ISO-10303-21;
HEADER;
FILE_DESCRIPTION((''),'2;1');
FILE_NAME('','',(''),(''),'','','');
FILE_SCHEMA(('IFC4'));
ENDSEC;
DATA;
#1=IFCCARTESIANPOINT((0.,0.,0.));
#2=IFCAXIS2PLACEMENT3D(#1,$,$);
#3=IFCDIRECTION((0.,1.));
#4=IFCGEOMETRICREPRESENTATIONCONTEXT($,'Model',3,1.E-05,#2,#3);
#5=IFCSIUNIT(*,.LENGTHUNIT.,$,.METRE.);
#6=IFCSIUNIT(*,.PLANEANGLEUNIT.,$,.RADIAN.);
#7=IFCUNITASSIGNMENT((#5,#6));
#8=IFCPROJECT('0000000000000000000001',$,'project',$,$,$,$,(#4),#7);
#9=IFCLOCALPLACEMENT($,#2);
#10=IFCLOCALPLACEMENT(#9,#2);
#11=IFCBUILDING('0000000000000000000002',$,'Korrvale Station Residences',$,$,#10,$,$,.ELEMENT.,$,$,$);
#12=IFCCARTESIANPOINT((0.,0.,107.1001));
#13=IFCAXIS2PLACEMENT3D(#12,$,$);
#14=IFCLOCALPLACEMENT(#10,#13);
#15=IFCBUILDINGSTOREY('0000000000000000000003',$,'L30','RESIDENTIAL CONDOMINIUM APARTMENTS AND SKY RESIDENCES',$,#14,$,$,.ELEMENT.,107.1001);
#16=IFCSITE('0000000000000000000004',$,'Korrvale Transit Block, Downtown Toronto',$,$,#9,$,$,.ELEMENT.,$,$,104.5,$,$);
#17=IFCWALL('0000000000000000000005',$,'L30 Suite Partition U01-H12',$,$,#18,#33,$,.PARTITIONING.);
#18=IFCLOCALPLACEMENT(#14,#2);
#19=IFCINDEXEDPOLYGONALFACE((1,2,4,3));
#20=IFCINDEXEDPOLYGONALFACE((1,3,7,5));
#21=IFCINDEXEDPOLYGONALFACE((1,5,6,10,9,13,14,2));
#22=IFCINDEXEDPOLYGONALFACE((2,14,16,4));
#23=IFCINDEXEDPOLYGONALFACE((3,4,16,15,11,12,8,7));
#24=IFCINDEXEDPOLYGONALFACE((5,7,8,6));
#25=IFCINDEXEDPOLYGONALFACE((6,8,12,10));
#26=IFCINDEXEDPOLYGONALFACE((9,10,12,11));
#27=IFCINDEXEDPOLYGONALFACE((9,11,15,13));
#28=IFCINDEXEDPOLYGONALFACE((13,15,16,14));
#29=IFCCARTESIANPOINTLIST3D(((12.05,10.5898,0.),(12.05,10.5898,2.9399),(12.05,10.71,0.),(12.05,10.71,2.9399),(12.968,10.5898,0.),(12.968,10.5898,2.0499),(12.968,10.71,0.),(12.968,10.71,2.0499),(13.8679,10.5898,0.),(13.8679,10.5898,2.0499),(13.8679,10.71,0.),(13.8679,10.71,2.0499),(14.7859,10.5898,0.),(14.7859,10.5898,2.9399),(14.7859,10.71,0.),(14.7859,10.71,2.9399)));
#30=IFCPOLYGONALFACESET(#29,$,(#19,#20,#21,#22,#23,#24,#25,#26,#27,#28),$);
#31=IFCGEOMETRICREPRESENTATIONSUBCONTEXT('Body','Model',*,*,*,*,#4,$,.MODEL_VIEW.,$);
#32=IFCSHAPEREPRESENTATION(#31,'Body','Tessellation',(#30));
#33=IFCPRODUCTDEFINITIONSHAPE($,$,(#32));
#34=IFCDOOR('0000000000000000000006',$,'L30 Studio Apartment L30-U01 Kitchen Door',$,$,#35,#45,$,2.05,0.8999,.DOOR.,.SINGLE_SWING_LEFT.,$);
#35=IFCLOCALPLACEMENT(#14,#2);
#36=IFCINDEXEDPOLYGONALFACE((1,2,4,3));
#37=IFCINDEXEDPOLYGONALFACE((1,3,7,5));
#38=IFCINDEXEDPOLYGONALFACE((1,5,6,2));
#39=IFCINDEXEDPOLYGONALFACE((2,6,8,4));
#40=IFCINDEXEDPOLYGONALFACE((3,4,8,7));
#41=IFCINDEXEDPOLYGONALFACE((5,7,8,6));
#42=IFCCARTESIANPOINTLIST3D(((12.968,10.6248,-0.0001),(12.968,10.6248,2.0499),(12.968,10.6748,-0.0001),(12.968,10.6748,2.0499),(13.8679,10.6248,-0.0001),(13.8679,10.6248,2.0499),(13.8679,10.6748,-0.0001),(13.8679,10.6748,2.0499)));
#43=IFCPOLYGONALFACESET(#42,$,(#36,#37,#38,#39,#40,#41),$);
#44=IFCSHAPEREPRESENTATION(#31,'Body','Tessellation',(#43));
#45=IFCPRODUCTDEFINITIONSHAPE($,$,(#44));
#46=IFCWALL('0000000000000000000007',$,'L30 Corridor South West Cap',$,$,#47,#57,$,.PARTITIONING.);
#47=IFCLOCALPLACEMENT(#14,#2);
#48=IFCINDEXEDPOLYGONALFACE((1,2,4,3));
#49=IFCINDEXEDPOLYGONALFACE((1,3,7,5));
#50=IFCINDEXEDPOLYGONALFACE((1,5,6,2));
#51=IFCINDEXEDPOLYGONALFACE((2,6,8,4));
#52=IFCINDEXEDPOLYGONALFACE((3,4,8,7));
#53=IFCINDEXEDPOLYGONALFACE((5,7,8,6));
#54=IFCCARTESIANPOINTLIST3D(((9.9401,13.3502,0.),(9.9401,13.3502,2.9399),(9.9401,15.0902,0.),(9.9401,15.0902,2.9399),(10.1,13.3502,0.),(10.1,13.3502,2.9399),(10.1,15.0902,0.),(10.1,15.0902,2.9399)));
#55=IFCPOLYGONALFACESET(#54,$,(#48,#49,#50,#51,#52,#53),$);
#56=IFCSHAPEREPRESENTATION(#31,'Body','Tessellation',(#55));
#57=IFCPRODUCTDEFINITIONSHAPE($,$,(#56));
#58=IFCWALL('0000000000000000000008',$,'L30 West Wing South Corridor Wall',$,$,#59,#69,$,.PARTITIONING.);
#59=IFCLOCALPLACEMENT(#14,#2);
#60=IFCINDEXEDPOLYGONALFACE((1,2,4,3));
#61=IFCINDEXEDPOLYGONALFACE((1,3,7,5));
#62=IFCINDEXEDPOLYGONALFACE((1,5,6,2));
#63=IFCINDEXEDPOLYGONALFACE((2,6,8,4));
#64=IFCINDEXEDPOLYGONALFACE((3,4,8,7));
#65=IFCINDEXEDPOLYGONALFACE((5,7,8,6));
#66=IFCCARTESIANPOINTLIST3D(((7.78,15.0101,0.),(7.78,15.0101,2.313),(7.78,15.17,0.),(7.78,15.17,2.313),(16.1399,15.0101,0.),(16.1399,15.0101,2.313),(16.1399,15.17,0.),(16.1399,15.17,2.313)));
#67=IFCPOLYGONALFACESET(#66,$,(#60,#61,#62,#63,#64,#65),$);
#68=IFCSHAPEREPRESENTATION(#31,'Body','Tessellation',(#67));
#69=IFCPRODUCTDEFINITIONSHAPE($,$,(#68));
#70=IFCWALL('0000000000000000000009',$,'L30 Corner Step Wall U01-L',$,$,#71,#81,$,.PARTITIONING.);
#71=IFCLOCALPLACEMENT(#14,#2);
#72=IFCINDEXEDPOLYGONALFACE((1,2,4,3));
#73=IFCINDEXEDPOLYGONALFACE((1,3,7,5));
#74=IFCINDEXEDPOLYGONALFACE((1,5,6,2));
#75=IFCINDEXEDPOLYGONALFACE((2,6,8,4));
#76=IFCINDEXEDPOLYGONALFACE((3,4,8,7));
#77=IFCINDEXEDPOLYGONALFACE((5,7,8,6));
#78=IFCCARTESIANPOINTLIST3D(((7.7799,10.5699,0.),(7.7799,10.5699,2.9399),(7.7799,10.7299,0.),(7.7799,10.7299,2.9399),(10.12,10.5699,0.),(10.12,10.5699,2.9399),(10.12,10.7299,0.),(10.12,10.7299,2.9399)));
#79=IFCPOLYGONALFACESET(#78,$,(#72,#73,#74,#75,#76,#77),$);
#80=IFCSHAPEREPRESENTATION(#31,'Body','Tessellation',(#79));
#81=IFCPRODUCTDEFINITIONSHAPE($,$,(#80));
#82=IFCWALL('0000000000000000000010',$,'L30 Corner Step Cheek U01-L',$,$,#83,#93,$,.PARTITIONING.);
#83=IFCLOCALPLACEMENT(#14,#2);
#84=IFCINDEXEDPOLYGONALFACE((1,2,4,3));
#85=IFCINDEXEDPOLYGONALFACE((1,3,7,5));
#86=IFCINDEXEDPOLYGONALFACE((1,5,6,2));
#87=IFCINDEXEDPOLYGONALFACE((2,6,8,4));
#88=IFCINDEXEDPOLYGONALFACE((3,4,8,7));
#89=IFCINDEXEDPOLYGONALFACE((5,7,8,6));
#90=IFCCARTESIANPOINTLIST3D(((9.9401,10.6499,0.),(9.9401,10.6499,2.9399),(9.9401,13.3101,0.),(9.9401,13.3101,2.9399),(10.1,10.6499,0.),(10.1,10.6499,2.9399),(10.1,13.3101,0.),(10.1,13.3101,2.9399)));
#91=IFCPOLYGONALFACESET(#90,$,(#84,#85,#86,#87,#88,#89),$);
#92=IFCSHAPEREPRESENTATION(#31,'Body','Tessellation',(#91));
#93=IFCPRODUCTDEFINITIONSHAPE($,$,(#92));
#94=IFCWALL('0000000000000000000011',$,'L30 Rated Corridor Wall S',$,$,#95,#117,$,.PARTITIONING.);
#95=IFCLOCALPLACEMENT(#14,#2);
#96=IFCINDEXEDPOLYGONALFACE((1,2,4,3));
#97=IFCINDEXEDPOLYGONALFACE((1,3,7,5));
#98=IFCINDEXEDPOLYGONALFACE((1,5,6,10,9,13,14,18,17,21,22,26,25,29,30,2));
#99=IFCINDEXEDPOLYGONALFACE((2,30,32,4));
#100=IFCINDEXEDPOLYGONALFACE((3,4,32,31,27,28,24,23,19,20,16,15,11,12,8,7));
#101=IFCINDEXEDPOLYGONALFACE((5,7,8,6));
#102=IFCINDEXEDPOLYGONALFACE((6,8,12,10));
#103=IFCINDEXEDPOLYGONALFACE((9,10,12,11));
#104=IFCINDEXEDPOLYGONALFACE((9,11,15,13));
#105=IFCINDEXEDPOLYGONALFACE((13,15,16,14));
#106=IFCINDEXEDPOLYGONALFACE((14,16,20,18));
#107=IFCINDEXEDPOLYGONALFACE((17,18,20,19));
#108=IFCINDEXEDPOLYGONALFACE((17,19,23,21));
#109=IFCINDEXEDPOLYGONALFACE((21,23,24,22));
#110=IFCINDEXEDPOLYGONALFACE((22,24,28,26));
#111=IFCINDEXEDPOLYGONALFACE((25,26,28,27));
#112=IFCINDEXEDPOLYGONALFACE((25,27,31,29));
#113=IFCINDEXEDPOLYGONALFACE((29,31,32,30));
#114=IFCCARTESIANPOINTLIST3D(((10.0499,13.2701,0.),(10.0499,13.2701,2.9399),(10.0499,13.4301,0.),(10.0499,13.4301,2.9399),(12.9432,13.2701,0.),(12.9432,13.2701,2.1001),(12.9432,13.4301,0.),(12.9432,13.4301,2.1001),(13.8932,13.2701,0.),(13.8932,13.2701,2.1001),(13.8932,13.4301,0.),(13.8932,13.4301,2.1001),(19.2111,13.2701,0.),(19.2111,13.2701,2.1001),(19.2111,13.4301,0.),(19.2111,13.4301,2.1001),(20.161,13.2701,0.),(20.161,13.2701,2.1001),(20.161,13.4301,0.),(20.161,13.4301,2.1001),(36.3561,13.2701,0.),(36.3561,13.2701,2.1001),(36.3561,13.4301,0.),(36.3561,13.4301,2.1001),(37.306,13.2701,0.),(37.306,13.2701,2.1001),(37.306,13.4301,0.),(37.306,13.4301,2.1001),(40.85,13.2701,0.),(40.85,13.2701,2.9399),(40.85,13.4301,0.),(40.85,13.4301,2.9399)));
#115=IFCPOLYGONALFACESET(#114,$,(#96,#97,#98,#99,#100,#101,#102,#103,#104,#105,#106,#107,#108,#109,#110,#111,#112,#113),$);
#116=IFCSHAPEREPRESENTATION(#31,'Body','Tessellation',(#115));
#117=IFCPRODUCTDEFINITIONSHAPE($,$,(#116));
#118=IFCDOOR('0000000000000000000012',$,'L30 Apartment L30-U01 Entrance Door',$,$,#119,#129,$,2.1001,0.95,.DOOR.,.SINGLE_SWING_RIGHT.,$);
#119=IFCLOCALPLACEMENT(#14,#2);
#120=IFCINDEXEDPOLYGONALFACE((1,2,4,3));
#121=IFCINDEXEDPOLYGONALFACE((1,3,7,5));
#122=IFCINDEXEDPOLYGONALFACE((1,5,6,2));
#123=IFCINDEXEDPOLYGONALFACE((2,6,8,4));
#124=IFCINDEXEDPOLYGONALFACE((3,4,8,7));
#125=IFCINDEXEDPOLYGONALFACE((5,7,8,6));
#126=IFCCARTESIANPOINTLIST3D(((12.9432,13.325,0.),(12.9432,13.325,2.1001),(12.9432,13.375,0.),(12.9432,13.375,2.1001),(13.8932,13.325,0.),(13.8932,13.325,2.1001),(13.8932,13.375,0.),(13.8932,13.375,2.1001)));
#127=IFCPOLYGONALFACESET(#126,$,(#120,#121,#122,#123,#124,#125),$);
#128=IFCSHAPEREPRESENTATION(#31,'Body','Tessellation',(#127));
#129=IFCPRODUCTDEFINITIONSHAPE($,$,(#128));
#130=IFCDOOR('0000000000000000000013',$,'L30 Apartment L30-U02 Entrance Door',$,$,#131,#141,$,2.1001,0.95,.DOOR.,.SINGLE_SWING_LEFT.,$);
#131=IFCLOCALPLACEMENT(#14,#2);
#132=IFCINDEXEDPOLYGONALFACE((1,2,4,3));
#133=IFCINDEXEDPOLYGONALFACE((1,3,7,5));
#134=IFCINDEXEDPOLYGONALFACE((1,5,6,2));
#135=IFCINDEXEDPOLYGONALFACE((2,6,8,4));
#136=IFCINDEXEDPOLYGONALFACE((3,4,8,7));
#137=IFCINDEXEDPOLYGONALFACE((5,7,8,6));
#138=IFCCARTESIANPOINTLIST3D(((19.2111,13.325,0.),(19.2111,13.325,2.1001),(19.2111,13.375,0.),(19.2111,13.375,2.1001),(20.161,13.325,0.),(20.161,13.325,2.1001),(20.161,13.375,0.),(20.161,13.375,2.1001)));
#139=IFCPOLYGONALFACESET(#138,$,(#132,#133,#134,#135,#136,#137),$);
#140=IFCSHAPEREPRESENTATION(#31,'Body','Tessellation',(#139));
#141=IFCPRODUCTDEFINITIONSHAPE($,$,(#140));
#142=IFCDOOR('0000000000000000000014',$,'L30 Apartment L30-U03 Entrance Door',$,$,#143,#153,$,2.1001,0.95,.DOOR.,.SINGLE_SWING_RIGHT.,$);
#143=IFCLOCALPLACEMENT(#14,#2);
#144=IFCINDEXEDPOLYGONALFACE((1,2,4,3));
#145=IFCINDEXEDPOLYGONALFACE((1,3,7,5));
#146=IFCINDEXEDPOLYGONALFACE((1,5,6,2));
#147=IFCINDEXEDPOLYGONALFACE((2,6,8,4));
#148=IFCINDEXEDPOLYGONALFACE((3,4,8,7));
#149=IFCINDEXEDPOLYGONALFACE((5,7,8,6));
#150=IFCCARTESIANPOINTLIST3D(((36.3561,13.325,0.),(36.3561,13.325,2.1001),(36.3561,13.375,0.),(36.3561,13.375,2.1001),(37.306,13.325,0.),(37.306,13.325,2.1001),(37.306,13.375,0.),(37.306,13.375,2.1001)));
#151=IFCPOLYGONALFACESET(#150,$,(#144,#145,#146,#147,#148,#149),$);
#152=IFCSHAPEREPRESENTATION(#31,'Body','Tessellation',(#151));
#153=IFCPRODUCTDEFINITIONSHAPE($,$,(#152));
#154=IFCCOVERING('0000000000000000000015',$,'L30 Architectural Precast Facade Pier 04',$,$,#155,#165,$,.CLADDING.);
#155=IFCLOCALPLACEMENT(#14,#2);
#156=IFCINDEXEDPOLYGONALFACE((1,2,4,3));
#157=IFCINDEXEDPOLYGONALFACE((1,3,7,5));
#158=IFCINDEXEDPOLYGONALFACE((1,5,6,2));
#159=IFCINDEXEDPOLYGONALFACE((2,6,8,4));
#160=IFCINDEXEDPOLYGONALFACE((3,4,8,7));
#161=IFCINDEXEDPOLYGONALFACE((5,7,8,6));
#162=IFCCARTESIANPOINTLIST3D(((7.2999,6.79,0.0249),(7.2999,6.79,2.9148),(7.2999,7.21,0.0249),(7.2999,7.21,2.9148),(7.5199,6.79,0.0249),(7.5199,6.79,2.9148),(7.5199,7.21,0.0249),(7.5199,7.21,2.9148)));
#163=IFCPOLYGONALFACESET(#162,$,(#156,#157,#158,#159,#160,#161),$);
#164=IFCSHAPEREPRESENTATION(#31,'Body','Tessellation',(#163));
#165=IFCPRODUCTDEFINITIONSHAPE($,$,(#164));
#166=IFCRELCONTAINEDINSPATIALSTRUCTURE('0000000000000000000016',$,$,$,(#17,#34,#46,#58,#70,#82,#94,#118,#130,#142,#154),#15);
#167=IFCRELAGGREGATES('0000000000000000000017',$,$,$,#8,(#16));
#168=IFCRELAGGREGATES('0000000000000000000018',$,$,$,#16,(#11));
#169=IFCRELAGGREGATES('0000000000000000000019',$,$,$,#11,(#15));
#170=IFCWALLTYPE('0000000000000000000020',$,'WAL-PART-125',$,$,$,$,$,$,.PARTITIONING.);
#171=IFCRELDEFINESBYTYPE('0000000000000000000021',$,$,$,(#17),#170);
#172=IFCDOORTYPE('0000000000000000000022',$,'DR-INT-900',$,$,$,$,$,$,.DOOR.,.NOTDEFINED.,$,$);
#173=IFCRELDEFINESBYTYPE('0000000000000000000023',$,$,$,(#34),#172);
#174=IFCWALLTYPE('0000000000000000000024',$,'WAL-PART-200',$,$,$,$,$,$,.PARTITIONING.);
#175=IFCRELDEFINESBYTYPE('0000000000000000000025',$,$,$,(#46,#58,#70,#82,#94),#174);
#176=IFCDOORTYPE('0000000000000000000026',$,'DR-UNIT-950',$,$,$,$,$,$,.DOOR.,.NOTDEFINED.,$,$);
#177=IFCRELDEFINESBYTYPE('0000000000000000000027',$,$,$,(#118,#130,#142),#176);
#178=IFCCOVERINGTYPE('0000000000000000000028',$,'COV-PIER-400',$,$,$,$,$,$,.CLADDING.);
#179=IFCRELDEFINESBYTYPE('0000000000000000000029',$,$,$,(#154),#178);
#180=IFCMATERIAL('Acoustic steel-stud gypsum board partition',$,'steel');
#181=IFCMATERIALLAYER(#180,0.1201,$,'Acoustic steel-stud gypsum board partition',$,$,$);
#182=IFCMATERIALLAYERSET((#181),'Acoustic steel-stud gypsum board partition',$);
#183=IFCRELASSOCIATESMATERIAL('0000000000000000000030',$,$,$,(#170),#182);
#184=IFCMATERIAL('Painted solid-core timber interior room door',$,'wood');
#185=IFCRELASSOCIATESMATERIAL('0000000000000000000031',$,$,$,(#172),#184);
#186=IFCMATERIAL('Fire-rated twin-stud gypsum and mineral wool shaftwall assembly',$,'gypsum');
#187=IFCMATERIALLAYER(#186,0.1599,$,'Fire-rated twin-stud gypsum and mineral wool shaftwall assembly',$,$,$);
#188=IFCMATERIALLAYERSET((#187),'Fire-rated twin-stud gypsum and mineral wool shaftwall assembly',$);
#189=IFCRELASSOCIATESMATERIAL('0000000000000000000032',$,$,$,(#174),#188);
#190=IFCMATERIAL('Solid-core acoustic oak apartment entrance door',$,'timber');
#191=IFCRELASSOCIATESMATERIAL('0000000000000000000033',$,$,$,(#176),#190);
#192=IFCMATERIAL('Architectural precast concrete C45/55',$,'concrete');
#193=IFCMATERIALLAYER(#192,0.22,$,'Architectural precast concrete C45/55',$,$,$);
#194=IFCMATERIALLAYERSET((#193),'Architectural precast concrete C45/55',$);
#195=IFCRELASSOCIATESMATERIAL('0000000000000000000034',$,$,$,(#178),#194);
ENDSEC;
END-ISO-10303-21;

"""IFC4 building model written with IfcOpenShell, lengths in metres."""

from ifc_helpers import new_model, si_unit, direction, frame, frame_2d, origin, origin_2d, place, context, subcontext, project, spatial, rectangle, extrude, material, layer, layer_set, type_object, element, fill, save


model = new_model("IFC4")

# Units and contexts
model_context = context("Model", 3, precision=1e-05, world=origin(), true_north=direction((0.0, 1.0)))
body_context = subcontext(model_context, "Body", "Model", "MODEL_VIEW")
ifc_project = project(units=[si_unit("LENGTHUNIT", "METRE"), si_unit("PLANEANGLEUNIT", "RADIAN")], contexts=[model_context])

# Site, building, storey
site_placement = place(None, origin())
site = spatial("IfcSite", under=ifc_project, at=site_placement, Name="Korrvale Transit Block, Downtown Toronto", CompositionType="ELEMENT", RefElevation=104.5)
building_placement = place(site_placement, origin())
building = spatial("IfcBuilding", under=site, at=building_placement, Name="Korrvale Station Residences", CompositionType="ELEMENT")
storey_placement = place(building_placement, frame((0.0, 0.0, 107.1001)))
storey = spatial("IfcBuildingStorey", under=building, at=storey_placement, Name="L30", Description="RESIDENTIAL CONDOMINIUM APARTMENTS AND SKY RESIDENCES", CompositionType="ELEMENT", Elevation=107.1001)

# Shared definitions
ifc_material_1 = material(Name="Acoustic steel-stud gypsum board partition", Category="steel")
ifc_layer_1 = layer(ifc_material_1, 0.1201, Name="Acoustic steel-stud gypsum board partition")
ifc_layer_set_1 = layer_set([ifc_layer_1], Name="Acoustic steel-stud gypsum board partition")
wall_type_1 = type_object("IfcWallType", Name="WAL-PART-125", PredefinedType="PARTITIONING", material=ifc_layer_set_1)

# Wall, opening, door
wall_1_placement = place(storey_placement, frame((12.05, 10.6499, 0.0), z_axis=(0.0, 0.0, 1.0), x_axis=(1.0, 0.0, 0.0)))
wall_1 = element("IfcWall", 1, at=wall_1_placement, inside=storey, type_object=wall_type_1, Name="L30 Suite Partition U01-H12", PredefinedType="PARTITIONING", context=body_context, shape_type="SweptSolid", body=[
    extrude(rectangle(XDim=2.7358, YDim=0.1201, at=frame_2d((1.3679, 0.0))), origin(), (0.0, 0.0, 1.0), 2.9399),
])
opening_1_placement = place(wall_1_placement, frame((0.918, 0.0, 0.0)))
opening_1 = element("IfcOpeningElement", 2, at=opening_1_placement, cuts=wall_1, PredefinedType="OPENING", context=body_context, shape_type="SweptSolid", body=[
    extrude(rectangle(XDim=0.8999, YDim=2.05, at=frame_2d((0.45, 1.0249))), frame((0.0, 0.0701, 0.0), z_axis=(0.0, -1.0, 0.0), x_axis=(1.0, 0.0, 0.0)), (0.0, 0.0, 1.0), 0.1401),
])
ifc_material_2 = material(Name="Painted solid-core timber interior room door", Category="wood")
door_type_1 = type_object("IfcDoorType", Name="DR-INT-900", OperationType="NOTDEFINED", PredefinedType="DOOR", material=ifc_material_2)
door_1_placement = place(opening_1_placement, origin())
door_1 = element("IfcDoor", 3, at=door_1_placement, inside=storey, type_object=door_type_1, Name="L30 Studio Apartment L30-U01 Kitchen Door", OperationType="SINGLE_SWING_LEFT", OverallHeight=2.05, OverallWidth=0.8999, PredefinedType="DOOR", context=body_context, shape_type="SweptSolid", body=[
    extrude(rectangle(XDim=0.8999, YDim=2.05, at=frame_2d((0.45, 1.0249))), frame((0.0, 0.0249, 0.0), z_axis=(0.0, -1.0, 0.0), x_axis=(1.0, 0.0, 0.0)), (0.0, 0.0, 1.0), 0.05),
])
fill(opening_1, door_1)

# Walls
ifc_material_3 = material(Name="Fire-rated twin-stud gypsum and mineral wool shaftwall assembly", Category="gypsum")
ifc_layer_2 = layer(ifc_material_3, 0.1599, Name="Fire-rated twin-stud gypsum and mineral wool shaftwall assembly")
ifc_layer_set_2 = layer_set([ifc_layer_2], Name="Fire-rated twin-stud gypsum and mineral wool shaftwall assembly")
wall_type_2 = type_object("IfcWallType", Name="WAL-PART-200", PredefinedType="PARTITIONING", material=ifc_layer_set_2)
wall_2_placement = place(storey_placement, frame((10.02, 13.3501, 0.0), z_axis=(0.0, 0.0, 1.0), x_axis=(0.0, 1.0, 0.0)))
element("IfcWall", 4, at=wall_2_placement, inside=storey, type_object=wall_type_2, Name="L30 Corridor South West Cap", PredefinedType="PARTITIONING", context=body_context, shape_type="SweptSolid", body=[
    extrude(rectangle(XDim=1.74, YDim=0.1599, at=frame_2d((0.8701, 0.0))), origin(), (0.0, 0.0, 1.0), 2.9399),
])
wall_3_placement = place(storey_placement, frame((7.78, 15.0901, 0.0), z_axis=(0.0, 0.0, 1.0), x_axis=(1.0, 0.0, 0.0)))
element("IfcWall", 5, at=wall_3_placement, inside=storey, type_object=wall_type_2, Name="L30 West Wing South Corridor Wall", PredefinedType="PARTITIONING", context=body_context, shape_type="SweptSolid", body=[
    extrude(rectangle(XDim=8.3599, YDim=0.1599, at=frame_2d((4.1799, 0.0))), origin(), (0.0, 0.0, 1.0), 2.313),
])
wall_4_placement = place(storey_placement, frame((7.78, 10.6499, 0.0), z_axis=(0.0, 0.0, 1.0), x_axis=(1.0, 0.0, 0.0)))
element("IfcWall", 6, at=wall_4_placement, inside=storey, type_object=wall_type_2, Name="L30 Corner Step Wall U01-L", PredefinedType="PARTITIONING", context=body_context, shape_type="SweptSolid", body=[
    extrude(rectangle(XDim=2.3401, YDim=0.1599, at=frame_2d((1.1699, 0.0))), origin(), (0.0, 0.0, 1.0), 2.9399),
])
wall_5_placement = place(storey_placement, frame((10.02, 10.6499, 0.0), z_axis=(0.0, 0.0, 1.0), x_axis=(0.0, 1.0, 0.0)))
element("IfcWall", 7, at=wall_5_placement, inside=storey, type_object=wall_type_2, Name="L30 Corner Step Cheek U01-L", PredefinedType="PARTITIONING", context=body_context, shape_type="SweptSolid", body=[
    extrude(rectangle(XDim=2.6602, YDim=0.1599, at=frame_2d((1.3301, 0.0))), origin(), (0.0, 0.0, 1.0), 2.9399),
])

# Wall, openings, doors
wall_6_placement = place(storey_placement, frame((10.05, 13.3501, 0.0), z_axis=(0.0, 0.0, 1.0), x_axis=(1.0, 0.0, 0.0)))
wall_6 = element("IfcWall", 8, at=wall_6_placement, inside=storey, type_object=wall_type_2, Name="L30 Rated Corridor Wall S", PredefinedType="PARTITIONING", context=body_context, shape_type="SweptSolid", body=[
    extrude(rectangle(XDim=30.8, YDim=0.1599, at=frame_2d((15.3999, 0.0))), origin(), (0.0, 0.0, 1.0), 2.9399),
])
opening_2_placement = place(wall_6_placement, frame((2.8931, 0.0, 0.0)))
opening_2 = element("IfcOpeningElement", 9, at=opening_2_placement, cuts=wall_6, PredefinedType="OPENING", context=body_context, shape_type="SweptSolid", body=[
    extrude(rectangle(XDim=0.95, YDim=2.1001, at=frame_2d((0.4751, 1.05))), frame((0.0, 0.0898, 0.0), z_axis=(0.0, -1.0, 0.0), x_axis=(1.0, 0.0, 0.0)), (0.0, 0.0, 1.0), 0.1799),
])
opening_3_placement = place(wall_6_placement, frame((9.1609, 0.0, 0.0)))
opening_3 = element("IfcOpeningElement", 10, at=opening_3_placement, cuts=wall_6, PredefinedType="OPENING", context=body_context, shape_type="SweptSolid", body=[
    extrude(rectangle(XDim=0.95, YDim=2.1001, at=frame_2d((0.4751, 1.05))), frame((0.0, 0.0898, 0.0), z_axis=(0.0, -1.0, 0.0), x_axis=(1.0, 0.0, 0.0)), (0.0, 0.0, 1.0), 0.1799),
])
opening_4_placement = place(wall_6_placement, frame((26.3059, 0.0, 0.0)))
opening_4 = element("IfcOpeningElement", 11, at=opening_4_placement, cuts=wall_6, PredefinedType="OPENING", context=body_context, shape_type="SweptSolid", body=[
    extrude(rectangle(XDim=0.95, YDim=2.1001, at=frame_2d((0.4751, 1.05))), frame((0.0, 0.0898, 0.0), z_axis=(0.0, -1.0, 0.0), x_axis=(1.0, 0.0, 0.0)), (0.0, 0.0, 1.0), 0.1799),
])
ifc_material_4 = material(Name="Solid-core acoustic oak apartment entrance door", Category="timber")
door_type_2 = type_object("IfcDoorType", Name="DR-UNIT-950", OperationType="NOTDEFINED", PredefinedType="DOOR", material=ifc_material_4)
door_2_placement = place(opening_2_placement, origin())
door_2 = element("IfcDoor", 12, at=door_2_placement, inside=storey, type_object=door_type_2, Name="L30 Apartment L30-U01 Entrance Door", OperationType="SINGLE_SWING_RIGHT", OverallHeight=2.1001, OverallWidth=0.95, PredefinedType="DOOR", context=body_context, shape_type="SweptSolid", body=[
    extrude(rectangle(XDim=0.95, YDim=2.1001, at=frame_2d((0.4751, 1.05))), frame((0.0, 0.0249, 0.0), z_axis=(0.0, -1.0, 0.0), x_axis=(1.0, 0.0, 0.0)), (0.0, 0.0, 1.0), 0.05),
])
fill(opening_2, door_2)
door_3_placement = place(opening_3_placement, origin())
door_3 = element("IfcDoor", 13, at=door_3_placement, inside=storey, type_object=door_type_2, Name="L30 Apartment L30-U02 Entrance Door", OperationType="SINGLE_SWING_LEFT", OverallHeight=2.1001, OverallWidth=0.95, PredefinedType="DOOR", context=body_context, shape_type="SweptSolid", body=[
    extrude(rectangle(XDim=0.95, YDim=2.1001, at=frame_2d((0.4751, 1.05))), frame((0.0, 0.0249, 0.0), z_axis=(0.0, -1.0, 0.0), x_axis=(1.0, 0.0, 0.0)), (0.0, 0.0, 1.0), 0.05),
])
fill(opening_3, door_3)
door_4_placement = place(opening_4_placement, origin())
door_4 = element("IfcDoor", 14, at=door_4_placement, inside=storey, type_object=door_type_2, Name="L30 Apartment L30-U03 Entrance Door", OperationType="SINGLE_SWING_RIGHT", OverallHeight=2.1001, OverallWidth=0.95, PredefinedType="DOOR", context=body_context, shape_type="SweptSolid", body=[
    extrude(rectangle(XDim=0.95, YDim=2.1001, at=frame_2d((0.4751, 1.05))), frame((0.0, 0.0249, 0.0), z_axis=(0.0, -1.0, 0.0), x_axis=(1.0, 0.0, 0.0)), (0.0, 0.0, 1.0), 0.05),
])
fill(opening_4, door_4)

# Covering
ifc_material_5 = material(Name="Architectural precast concrete C45/55", Category="concrete")
ifc_layer_3 = layer(ifc_material_5, 0.22, Name="Architectural precast concrete C45/55")
ifc_layer_set_3 = layer_set([ifc_layer_3], Name="Architectural precast concrete C45/55")
covering_type = type_object("IfcCoveringType", Name="COV-PIER-400", PredefinedType="CLADDING", material=ifc_layer_set_3)
for number, where, z_axis, x_axis, name in (
    (15, (7.4099, 7.0, 0.0249), (0.0, 0.0, 1.0), (0.0, 1.0, 0.0), "L30 Architectural Precast Facade Pier 04"),
):
    element("IfcCovering", number, at=place(storey_placement, frame(where, z_axis=z_axis, x_axis=x_axis)), inside=storey, type_object=covering_type, Name=name, PredefinedType="CLADDING", context=body_context, shape_type="SweptSolid", body=[
        extrude(rectangle(XDim=0.4199, YDim=0.22, at=origin_2d()), origin(), (0.0, 0.0, 1.0), 2.8899),
    ])

save(model, "model.ifc")
